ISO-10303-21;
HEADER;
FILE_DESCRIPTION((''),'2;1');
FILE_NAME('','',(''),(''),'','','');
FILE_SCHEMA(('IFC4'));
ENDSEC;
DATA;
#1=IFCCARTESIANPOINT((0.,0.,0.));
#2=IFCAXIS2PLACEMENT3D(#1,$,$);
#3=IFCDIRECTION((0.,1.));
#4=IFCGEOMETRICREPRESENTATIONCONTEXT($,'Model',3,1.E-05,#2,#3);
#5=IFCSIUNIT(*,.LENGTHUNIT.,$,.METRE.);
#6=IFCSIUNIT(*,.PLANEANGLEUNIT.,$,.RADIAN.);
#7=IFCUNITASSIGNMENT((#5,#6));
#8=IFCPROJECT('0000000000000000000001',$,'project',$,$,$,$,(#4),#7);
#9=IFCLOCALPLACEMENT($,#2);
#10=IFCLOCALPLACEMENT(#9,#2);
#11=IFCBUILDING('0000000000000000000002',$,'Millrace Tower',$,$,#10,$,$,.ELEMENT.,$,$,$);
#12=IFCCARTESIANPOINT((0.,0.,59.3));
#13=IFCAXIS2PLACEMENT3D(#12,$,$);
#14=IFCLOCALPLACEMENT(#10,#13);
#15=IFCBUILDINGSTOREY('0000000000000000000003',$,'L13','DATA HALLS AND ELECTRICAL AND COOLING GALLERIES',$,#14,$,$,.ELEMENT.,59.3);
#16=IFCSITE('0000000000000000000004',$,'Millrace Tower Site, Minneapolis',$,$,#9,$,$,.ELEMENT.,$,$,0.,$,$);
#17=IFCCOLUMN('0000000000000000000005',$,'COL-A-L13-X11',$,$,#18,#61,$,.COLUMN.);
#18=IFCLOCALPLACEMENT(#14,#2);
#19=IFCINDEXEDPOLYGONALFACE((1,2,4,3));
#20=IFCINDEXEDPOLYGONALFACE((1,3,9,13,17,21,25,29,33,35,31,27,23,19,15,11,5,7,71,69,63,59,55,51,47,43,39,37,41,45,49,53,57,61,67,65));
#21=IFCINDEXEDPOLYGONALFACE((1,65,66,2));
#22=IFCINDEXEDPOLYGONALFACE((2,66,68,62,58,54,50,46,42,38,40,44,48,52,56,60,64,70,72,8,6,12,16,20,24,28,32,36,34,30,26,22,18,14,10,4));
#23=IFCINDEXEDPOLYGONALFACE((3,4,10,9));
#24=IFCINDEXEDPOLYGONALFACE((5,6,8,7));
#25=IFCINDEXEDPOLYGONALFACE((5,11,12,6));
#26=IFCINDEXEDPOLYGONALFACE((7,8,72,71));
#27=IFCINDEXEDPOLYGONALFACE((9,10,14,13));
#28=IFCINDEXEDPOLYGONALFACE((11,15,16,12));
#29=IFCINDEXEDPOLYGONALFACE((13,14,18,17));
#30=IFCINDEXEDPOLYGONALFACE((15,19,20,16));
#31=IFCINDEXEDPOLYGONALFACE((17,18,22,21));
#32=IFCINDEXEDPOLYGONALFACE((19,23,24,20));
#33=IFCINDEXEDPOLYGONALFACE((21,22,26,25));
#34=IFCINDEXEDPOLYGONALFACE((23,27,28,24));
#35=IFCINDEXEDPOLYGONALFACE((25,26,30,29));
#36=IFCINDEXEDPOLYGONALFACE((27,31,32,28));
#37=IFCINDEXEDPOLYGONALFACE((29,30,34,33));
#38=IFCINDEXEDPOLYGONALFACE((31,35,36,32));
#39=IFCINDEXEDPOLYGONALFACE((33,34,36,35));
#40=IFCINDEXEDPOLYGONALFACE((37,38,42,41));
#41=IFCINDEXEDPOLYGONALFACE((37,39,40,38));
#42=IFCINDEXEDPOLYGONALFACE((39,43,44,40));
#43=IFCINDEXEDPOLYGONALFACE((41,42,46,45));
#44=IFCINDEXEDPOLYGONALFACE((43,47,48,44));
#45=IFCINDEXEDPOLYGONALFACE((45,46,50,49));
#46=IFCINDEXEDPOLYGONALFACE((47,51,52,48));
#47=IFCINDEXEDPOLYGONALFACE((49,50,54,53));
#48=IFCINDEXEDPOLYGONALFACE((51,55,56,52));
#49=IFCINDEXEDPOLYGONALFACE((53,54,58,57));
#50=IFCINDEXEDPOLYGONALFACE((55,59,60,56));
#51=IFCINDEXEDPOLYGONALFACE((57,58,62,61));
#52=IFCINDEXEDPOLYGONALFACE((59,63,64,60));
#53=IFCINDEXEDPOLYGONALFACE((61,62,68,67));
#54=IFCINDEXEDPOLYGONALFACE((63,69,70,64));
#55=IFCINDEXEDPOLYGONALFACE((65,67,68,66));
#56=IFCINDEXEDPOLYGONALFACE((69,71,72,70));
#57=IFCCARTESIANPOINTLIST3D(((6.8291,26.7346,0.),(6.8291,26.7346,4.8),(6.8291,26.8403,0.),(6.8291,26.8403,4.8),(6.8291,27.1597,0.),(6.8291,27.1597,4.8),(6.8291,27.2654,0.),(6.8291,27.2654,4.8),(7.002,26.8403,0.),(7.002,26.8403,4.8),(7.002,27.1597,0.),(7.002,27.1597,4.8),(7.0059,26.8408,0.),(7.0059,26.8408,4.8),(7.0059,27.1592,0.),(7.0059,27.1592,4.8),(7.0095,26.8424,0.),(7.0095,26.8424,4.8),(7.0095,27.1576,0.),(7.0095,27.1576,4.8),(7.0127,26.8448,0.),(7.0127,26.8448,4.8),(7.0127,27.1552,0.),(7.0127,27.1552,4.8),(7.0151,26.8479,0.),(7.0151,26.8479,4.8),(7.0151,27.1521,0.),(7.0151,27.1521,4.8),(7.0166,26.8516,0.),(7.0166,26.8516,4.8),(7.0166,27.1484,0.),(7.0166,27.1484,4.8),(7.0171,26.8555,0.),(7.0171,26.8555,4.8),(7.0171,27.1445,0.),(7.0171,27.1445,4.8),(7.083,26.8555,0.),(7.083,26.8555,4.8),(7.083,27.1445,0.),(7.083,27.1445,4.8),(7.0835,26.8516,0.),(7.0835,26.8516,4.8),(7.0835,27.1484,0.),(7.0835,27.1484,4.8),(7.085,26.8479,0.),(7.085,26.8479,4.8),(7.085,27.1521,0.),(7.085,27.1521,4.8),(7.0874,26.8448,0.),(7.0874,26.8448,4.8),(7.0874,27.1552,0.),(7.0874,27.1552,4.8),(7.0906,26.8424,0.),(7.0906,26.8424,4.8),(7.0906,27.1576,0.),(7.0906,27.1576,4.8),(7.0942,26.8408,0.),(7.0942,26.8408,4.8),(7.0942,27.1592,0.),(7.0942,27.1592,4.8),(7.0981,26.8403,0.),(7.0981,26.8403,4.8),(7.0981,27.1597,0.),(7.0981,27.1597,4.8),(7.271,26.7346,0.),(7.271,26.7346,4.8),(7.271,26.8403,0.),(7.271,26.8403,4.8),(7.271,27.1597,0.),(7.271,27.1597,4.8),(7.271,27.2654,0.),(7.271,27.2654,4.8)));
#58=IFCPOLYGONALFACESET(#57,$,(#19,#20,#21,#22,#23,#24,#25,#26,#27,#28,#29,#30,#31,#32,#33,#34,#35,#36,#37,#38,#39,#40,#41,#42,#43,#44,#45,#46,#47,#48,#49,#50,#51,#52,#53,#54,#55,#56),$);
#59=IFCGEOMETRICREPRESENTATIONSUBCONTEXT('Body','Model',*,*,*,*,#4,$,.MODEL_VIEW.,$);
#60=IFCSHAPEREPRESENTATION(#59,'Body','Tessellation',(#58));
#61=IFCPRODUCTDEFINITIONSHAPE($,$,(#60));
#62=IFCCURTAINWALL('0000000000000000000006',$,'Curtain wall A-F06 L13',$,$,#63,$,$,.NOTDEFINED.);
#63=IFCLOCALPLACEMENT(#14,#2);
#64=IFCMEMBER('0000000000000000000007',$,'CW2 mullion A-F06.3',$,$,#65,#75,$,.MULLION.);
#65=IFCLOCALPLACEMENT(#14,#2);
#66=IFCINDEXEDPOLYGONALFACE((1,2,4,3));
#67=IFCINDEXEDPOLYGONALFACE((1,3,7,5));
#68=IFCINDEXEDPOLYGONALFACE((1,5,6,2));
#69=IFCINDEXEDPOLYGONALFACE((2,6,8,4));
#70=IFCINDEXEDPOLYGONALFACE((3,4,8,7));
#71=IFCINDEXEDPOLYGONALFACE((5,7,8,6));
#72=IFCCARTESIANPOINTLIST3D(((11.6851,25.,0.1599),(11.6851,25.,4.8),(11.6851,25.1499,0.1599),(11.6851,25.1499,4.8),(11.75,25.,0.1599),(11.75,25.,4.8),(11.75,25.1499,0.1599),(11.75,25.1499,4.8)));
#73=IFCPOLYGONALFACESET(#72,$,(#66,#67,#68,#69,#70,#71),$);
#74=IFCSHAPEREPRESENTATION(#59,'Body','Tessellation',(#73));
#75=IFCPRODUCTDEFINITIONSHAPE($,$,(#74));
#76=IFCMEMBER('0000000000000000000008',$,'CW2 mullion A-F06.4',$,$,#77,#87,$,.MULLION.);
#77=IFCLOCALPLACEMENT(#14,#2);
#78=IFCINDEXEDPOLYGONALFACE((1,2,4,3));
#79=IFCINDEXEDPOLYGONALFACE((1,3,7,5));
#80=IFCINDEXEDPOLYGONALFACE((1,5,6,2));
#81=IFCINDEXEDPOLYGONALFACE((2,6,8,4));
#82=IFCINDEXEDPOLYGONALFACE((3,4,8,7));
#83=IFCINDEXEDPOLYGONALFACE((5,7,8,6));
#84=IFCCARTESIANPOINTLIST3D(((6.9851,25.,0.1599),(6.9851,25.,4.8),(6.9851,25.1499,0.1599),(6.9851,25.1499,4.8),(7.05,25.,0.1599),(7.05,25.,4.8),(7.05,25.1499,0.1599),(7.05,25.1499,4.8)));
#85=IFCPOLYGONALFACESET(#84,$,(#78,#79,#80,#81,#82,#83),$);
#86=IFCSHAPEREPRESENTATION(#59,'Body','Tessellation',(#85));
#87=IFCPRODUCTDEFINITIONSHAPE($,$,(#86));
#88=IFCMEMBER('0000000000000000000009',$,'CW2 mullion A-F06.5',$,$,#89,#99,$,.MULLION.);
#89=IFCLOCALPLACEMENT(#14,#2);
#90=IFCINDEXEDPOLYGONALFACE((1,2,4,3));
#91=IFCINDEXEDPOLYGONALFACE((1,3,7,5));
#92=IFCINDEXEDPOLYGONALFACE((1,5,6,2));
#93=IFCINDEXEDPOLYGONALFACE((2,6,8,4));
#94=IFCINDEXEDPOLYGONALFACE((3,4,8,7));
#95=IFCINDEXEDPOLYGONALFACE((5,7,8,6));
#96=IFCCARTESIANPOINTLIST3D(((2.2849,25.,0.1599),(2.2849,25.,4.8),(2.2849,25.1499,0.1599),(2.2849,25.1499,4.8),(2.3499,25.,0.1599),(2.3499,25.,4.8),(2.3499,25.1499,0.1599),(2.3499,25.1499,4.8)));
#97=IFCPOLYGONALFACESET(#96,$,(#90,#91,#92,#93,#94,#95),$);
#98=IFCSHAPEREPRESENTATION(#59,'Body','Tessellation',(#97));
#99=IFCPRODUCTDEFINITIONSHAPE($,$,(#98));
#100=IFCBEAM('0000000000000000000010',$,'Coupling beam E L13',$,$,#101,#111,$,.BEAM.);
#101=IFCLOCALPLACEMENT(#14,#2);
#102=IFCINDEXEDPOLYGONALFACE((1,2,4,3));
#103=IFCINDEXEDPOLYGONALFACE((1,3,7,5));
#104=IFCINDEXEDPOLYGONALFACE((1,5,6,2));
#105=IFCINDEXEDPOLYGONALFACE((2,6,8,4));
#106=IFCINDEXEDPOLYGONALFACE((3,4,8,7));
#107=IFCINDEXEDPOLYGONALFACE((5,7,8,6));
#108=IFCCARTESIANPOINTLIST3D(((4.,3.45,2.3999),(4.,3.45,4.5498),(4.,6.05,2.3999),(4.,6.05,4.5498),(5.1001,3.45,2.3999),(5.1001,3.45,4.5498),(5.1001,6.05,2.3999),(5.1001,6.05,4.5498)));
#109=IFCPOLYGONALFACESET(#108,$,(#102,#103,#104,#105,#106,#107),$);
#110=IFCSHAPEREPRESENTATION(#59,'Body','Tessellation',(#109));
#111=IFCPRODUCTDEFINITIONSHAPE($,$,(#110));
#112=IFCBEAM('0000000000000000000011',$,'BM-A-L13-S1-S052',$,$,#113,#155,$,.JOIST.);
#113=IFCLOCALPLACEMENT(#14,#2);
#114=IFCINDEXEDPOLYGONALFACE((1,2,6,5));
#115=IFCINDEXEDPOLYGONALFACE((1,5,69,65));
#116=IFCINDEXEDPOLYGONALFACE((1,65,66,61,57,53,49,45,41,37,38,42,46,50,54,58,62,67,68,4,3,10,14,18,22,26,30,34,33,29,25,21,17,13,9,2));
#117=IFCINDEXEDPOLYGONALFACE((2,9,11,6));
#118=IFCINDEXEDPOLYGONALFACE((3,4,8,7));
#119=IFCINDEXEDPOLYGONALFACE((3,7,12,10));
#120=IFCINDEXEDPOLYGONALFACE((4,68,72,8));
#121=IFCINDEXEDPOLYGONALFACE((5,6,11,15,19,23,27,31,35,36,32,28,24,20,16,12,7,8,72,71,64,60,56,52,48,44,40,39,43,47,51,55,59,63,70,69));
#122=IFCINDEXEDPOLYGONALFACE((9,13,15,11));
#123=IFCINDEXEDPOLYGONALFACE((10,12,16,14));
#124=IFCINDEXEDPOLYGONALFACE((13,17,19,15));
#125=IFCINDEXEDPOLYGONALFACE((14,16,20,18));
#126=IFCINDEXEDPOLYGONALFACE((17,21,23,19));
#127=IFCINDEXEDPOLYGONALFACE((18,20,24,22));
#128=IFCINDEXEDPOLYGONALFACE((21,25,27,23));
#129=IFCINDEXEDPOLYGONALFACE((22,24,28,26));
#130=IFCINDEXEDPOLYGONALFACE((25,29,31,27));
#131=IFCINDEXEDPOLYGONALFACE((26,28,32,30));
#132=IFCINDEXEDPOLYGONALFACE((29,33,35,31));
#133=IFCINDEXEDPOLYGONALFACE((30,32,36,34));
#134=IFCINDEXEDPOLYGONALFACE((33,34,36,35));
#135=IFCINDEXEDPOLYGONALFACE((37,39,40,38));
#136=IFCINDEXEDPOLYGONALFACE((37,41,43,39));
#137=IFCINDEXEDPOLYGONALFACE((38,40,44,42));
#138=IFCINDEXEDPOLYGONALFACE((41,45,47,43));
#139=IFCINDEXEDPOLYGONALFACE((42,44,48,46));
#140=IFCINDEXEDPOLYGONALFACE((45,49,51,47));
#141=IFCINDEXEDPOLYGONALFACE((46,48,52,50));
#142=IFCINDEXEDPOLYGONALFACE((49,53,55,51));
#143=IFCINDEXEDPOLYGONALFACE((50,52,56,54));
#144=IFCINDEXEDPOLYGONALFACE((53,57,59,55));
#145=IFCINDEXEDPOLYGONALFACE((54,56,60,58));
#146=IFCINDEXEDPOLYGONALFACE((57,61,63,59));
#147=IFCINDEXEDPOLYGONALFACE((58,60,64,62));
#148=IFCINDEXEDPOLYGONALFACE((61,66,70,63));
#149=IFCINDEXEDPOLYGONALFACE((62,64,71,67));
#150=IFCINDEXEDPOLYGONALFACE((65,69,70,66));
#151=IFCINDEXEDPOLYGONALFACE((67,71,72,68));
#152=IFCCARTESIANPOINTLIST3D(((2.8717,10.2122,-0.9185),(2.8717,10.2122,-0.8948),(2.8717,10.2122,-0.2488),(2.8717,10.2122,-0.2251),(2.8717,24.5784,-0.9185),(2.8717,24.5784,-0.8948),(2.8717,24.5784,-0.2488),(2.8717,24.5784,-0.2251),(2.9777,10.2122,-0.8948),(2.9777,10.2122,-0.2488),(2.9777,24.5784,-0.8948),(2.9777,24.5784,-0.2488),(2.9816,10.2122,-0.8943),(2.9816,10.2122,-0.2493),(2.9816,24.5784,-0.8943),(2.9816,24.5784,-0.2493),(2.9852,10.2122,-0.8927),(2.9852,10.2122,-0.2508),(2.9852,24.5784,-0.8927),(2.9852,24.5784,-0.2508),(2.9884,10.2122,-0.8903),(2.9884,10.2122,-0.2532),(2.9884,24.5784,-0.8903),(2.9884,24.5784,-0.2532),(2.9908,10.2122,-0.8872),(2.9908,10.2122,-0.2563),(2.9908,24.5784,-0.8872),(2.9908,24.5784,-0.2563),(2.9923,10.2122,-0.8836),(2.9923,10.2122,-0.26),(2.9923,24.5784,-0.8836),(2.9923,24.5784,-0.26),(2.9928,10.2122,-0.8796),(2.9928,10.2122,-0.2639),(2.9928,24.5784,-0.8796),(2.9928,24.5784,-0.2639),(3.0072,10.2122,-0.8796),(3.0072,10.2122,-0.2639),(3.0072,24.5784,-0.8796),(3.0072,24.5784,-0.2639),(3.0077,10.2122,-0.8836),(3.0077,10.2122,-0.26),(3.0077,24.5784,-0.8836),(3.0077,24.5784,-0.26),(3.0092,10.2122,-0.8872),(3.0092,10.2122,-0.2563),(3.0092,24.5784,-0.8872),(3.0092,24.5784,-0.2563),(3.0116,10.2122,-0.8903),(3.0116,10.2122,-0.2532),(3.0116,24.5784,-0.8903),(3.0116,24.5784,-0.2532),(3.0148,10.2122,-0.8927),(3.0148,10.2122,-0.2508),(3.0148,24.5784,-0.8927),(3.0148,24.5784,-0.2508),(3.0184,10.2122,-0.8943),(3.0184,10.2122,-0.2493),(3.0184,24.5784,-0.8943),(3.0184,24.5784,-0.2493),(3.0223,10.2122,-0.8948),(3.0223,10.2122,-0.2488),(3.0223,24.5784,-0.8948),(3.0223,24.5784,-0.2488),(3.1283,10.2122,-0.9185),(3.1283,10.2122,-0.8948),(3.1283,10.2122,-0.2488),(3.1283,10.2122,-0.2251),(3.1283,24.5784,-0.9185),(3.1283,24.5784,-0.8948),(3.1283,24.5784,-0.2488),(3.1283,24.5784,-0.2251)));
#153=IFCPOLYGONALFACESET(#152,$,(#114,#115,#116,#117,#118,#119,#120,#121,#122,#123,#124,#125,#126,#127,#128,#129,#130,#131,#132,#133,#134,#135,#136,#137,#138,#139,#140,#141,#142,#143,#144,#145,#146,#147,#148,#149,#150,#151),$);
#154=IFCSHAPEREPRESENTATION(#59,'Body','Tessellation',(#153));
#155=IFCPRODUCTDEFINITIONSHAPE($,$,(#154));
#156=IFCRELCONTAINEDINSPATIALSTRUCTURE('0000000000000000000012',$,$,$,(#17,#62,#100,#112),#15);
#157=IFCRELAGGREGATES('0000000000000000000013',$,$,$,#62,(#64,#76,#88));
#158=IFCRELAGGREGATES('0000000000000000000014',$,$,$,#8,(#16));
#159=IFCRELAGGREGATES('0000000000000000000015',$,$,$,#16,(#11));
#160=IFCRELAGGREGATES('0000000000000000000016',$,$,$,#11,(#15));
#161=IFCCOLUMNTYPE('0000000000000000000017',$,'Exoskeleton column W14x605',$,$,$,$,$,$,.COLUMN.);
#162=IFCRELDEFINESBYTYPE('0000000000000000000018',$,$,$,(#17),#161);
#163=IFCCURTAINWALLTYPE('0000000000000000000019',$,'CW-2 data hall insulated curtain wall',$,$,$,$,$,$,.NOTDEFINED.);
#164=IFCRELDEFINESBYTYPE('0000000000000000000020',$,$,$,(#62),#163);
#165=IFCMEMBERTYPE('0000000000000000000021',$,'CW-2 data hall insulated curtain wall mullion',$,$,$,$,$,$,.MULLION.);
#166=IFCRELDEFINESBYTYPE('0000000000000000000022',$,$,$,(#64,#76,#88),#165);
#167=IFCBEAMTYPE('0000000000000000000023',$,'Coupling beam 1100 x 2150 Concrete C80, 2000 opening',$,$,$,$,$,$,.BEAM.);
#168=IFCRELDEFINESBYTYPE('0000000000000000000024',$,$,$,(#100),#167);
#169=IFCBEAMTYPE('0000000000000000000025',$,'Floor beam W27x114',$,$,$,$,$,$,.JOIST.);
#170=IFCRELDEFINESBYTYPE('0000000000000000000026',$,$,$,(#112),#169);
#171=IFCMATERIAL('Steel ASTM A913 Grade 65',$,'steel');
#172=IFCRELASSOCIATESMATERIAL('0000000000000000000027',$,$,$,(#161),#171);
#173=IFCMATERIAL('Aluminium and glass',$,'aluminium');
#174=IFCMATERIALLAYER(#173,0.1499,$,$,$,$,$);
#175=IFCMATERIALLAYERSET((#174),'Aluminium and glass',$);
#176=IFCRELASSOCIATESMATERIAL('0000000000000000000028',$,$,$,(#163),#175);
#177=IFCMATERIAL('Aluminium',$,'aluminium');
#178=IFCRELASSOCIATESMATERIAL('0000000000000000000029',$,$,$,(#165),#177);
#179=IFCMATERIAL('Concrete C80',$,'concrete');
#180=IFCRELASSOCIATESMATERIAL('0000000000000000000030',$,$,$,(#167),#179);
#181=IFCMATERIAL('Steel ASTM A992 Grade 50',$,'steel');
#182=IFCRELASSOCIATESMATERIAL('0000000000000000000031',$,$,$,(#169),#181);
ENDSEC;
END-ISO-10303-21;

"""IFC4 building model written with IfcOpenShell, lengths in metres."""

from ifc_helpers import new_model, si_unit, direction, frame, origin, origin_2d, place, context, subcontext, project, spatial, rectangle, i_section, extrude, material, layer, layer_set, material_profile, profile_set, type_object, element, aggregate, save


model = new_model("IFC4")

# Units and contexts
model_context = context("Model", 3, precision=1e-05, world=origin(), true_north=direction((0.0, 1.0)))
body_context = subcontext(model_context, "Body", "Model", "MODEL_VIEW")
ifc_project = project(units=[si_unit("LENGTHUNIT", "METRE"), si_unit("PLANEANGLEUNIT", "RADIAN")], contexts=[model_context])

# Site, building, storey
site_placement = place(None, origin())
site = spatial("IfcSite", under=ifc_project, at=site_placement, Name="Millrace Tower Site, Minneapolis", CompositionType="ELEMENT", RefElevation=0.0)
building_placement = place(site_placement, origin())
building = spatial("IfcBuilding", under=site, at=building_placement, Name="Millrace Tower", CompositionType="ELEMENT")
storey_placement = place(building_placement, frame((0.0, 0.0, 59.3)))
storey = spatial("IfcBuildingStorey", under=building, at=storey_placement, Name="L13", Description="DATA HALLS AND ELECTRICAL AND COOLING GALLERIES", CompositionType="ELEMENT", Elevation=59.3)

# Column
ifc_material_1 = material(Name="Steel ASTM A913 Grade 65", Category="steel")
ifc_material_profile_1 = material_profile(ifc_material_1, i_section(OverallWidth=0.4419, OverallDepth=0.5308, WebThickness=0.0659, FlangeThickness=0.1057, FilletRadius=0.0151, at=origin_2d()))
ifc_profile_set_1 = profile_set([ifc_material_profile_1], Name="Steel ASTM A913 Grade 65")
column_type = type_object("IfcColumnType", Name="Exoskeleton column W14x605", PredefinedType="COLUMN", material=ifc_profile_set_1)
column_placement = place(storey_placement, frame((7.05, 27.0, 0.0), z_axis=(0.0, 0.0, 1.0), x_axis=(-1.0, 0.0, 0.0)))
element("IfcColumn", 1, at=column_placement, inside=storey, type_object=column_type, Name="COL-A-L13-X11", PredefinedType="COLUMN", context=body_context, shape_type="SweptSolid", body=[
    extrude(i_section(OverallWidth=0.4419, OverallDepth=0.5308, WebThickness=0.0659, FlangeThickness=0.1057, FilletRadius=0.0151, at=origin_2d()), origin(), (0.0, 0.0, 1.0), 4.8),
])

# Curtain wall, members
ifc_material_2 = material(Name="Aluminium and glass", Category="aluminium")
ifc_layer_1 = layer(ifc_material_2, 0.1499)
ifc_layer_set_1 = layer_set([ifc_layer_1], Name="Aluminium and glass")
curtain_wall_type = type_object("IfcCurtainWallType", Name="CW-2 data hall insulated curtain wall", PredefinedType="NOTDEFINED", material=ifc_layer_set_1)
curtain_wall_placement = place(storey_placement, origin())
curtain_wall = element("IfcCurtainWall", 2, at=curtain_wall_placement, inside=storey, type_object=curtain_wall_type, Name="Curtain wall A-F06 L13", PredefinedType="NOTDEFINED")
ifc_material_3 = material(Name="Aluminium", Category="aluminium")
ifc_material_profile_2 = material_profile(ifc_material_3, rectangle(XDim=0.0649, YDim=0.1499, at=origin_2d()))
ifc_profile_set_2 = profile_set([ifc_material_profile_2], Name="Aluminium")
member_type = type_object("IfcMemberType", Name="CW-2 data hall insulated curtain wall mullion", PredefinedType="MULLION", material=ifc_profile_set_2)
member_1_placement = place(storey_placement, frame((11.7175, 25.075, 0.1599), z_axis=(0.0, 0.0, 1.0), x_axis=(-1.0, 0.0, 0.0)))
member_1 = element("IfcMember", 3, at=member_1_placement, type_object=member_type, Name="CW2 mullion A-F06.3", PredefinedType="MULLION", context=body_context, shape_type="SweptSolid", body=[
    extrude(rectangle(XDim=0.0649, YDim=0.1499, at=origin_2d()), origin(), (0.0, 0.0, 1.0), 4.6401),
])
member_2_placement = place(storey_placement, frame((7.0176, 25.075, 0.1599), z_axis=(0.0, 0.0, 1.0), x_axis=(-1.0, 0.0, 0.0)))
member_2 = element("IfcMember", 4, at=member_2_placement, type_object=member_type, Name="CW2 mullion A-F06.4", PredefinedType="MULLION", context=body_context, shape_type="SweptSolid", body=[
    extrude(rectangle(XDim=0.0649, YDim=0.1499, at=origin_2d()), origin(), (0.0, 0.0, 1.0), 4.6401),
])
member_3_placement = place(storey_placement, frame((2.3174, 25.075, 0.1599), z_axis=(0.0, 0.0, 1.0), x_axis=(-1.0, 0.0, 0.0)))
member_3 = element("IfcMember", 5, at=member_3_placement, type_object=member_type, Name="CW2 mullion A-F06.5", PredefinedType="MULLION", context=body_context, shape_type="SweptSolid", body=[
    extrude(rectangle(XDim=0.0649, YDim=0.1499, at=origin_2d()), origin(), (0.0, 0.0, 1.0), 4.6401),
])
aggregate(curtain_wall, [member_1, member_2, member_3])

# Beams
ifc_material_4 = material(Name="Concrete C80", Category="concrete")
ifc_material_profile_3 = material_profile(ifc_material_4, rectangle(XDim=1.1001, YDim=2.1499, at=origin_2d()))
ifc_profile_set_3 = profile_set([ifc_material_profile_3], Name="Concrete C80")
beam_type_1 = type_object("IfcBeamType", Name="Coupling beam 1100 x 2150 Concrete C80, 2000 opening", PredefinedType="BEAM", material=ifc_profile_set_3)
beam_1_placement = place(storey_placement, frame((4.55, 6.05, 3.4749), z_axis=(0.0, -1.0, 0.0), x_axis=(1.0, 0.0, 0.0)))
element("IfcBeam", 6, at=beam_1_placement, inside=storey, type_object=beam_type_1, Name="Coupling beam E L13", PredefinedType="BEAM", context=body_context, shape_type="SweptSolid", body=[
    extrude(rectangle(XDim=1.1001, YDim=2.1499, at=origin_2d()), origin(), (0.0, 0.0, 1.0), 2.6001),
])
ifc_material_5 = material(Name="Steel ASTM A992 Grade 50", Category="steel")
ifc_material_profile_4 = material_profile(ifc_material_5, i_section(OverallWidth=0.2566, OverallDepth=0.6934, WebThickness=0.0144, FlangeThickness=0.0237, FilletRadius=0.0151, at=origin_2d()))
ifc_profile_set_4 = profile_set([ifc_material_profile_4], Name="Steel ASTM A992 Grade 50")
beam_type_2 = type_object("IfcBeamType", Name="Floor beam W27x114", PredefinedType="JOIST", material=ifc_profile_set_4)
beam_2_placement = place(storey_placement, frame((3.0, 10.2122, -0.5718), z_axis=(0.0, 1.0, 0.0), x_axis=(-1.0, 0.0, 0.0)))
element("IfcBeam", 7, at=beam_2_placement, inside=storey, type_object=beam_type_2, Name="BM-A-L13-S1-S052", PredefinedType="JOIST", context=body_context, shape_type="SweptSolid", body=[
    extrude(i_section(OverallWidth=0.2566, OverallDepth=0.6934, WebThickness=0.0144, FlangeThickness=0.0237, FilletRadius=0.0151, at=origin_2d()), origin(), (0.0, 0.0, 1.0), 14.3662),
])

save(model, "model.ifc")
